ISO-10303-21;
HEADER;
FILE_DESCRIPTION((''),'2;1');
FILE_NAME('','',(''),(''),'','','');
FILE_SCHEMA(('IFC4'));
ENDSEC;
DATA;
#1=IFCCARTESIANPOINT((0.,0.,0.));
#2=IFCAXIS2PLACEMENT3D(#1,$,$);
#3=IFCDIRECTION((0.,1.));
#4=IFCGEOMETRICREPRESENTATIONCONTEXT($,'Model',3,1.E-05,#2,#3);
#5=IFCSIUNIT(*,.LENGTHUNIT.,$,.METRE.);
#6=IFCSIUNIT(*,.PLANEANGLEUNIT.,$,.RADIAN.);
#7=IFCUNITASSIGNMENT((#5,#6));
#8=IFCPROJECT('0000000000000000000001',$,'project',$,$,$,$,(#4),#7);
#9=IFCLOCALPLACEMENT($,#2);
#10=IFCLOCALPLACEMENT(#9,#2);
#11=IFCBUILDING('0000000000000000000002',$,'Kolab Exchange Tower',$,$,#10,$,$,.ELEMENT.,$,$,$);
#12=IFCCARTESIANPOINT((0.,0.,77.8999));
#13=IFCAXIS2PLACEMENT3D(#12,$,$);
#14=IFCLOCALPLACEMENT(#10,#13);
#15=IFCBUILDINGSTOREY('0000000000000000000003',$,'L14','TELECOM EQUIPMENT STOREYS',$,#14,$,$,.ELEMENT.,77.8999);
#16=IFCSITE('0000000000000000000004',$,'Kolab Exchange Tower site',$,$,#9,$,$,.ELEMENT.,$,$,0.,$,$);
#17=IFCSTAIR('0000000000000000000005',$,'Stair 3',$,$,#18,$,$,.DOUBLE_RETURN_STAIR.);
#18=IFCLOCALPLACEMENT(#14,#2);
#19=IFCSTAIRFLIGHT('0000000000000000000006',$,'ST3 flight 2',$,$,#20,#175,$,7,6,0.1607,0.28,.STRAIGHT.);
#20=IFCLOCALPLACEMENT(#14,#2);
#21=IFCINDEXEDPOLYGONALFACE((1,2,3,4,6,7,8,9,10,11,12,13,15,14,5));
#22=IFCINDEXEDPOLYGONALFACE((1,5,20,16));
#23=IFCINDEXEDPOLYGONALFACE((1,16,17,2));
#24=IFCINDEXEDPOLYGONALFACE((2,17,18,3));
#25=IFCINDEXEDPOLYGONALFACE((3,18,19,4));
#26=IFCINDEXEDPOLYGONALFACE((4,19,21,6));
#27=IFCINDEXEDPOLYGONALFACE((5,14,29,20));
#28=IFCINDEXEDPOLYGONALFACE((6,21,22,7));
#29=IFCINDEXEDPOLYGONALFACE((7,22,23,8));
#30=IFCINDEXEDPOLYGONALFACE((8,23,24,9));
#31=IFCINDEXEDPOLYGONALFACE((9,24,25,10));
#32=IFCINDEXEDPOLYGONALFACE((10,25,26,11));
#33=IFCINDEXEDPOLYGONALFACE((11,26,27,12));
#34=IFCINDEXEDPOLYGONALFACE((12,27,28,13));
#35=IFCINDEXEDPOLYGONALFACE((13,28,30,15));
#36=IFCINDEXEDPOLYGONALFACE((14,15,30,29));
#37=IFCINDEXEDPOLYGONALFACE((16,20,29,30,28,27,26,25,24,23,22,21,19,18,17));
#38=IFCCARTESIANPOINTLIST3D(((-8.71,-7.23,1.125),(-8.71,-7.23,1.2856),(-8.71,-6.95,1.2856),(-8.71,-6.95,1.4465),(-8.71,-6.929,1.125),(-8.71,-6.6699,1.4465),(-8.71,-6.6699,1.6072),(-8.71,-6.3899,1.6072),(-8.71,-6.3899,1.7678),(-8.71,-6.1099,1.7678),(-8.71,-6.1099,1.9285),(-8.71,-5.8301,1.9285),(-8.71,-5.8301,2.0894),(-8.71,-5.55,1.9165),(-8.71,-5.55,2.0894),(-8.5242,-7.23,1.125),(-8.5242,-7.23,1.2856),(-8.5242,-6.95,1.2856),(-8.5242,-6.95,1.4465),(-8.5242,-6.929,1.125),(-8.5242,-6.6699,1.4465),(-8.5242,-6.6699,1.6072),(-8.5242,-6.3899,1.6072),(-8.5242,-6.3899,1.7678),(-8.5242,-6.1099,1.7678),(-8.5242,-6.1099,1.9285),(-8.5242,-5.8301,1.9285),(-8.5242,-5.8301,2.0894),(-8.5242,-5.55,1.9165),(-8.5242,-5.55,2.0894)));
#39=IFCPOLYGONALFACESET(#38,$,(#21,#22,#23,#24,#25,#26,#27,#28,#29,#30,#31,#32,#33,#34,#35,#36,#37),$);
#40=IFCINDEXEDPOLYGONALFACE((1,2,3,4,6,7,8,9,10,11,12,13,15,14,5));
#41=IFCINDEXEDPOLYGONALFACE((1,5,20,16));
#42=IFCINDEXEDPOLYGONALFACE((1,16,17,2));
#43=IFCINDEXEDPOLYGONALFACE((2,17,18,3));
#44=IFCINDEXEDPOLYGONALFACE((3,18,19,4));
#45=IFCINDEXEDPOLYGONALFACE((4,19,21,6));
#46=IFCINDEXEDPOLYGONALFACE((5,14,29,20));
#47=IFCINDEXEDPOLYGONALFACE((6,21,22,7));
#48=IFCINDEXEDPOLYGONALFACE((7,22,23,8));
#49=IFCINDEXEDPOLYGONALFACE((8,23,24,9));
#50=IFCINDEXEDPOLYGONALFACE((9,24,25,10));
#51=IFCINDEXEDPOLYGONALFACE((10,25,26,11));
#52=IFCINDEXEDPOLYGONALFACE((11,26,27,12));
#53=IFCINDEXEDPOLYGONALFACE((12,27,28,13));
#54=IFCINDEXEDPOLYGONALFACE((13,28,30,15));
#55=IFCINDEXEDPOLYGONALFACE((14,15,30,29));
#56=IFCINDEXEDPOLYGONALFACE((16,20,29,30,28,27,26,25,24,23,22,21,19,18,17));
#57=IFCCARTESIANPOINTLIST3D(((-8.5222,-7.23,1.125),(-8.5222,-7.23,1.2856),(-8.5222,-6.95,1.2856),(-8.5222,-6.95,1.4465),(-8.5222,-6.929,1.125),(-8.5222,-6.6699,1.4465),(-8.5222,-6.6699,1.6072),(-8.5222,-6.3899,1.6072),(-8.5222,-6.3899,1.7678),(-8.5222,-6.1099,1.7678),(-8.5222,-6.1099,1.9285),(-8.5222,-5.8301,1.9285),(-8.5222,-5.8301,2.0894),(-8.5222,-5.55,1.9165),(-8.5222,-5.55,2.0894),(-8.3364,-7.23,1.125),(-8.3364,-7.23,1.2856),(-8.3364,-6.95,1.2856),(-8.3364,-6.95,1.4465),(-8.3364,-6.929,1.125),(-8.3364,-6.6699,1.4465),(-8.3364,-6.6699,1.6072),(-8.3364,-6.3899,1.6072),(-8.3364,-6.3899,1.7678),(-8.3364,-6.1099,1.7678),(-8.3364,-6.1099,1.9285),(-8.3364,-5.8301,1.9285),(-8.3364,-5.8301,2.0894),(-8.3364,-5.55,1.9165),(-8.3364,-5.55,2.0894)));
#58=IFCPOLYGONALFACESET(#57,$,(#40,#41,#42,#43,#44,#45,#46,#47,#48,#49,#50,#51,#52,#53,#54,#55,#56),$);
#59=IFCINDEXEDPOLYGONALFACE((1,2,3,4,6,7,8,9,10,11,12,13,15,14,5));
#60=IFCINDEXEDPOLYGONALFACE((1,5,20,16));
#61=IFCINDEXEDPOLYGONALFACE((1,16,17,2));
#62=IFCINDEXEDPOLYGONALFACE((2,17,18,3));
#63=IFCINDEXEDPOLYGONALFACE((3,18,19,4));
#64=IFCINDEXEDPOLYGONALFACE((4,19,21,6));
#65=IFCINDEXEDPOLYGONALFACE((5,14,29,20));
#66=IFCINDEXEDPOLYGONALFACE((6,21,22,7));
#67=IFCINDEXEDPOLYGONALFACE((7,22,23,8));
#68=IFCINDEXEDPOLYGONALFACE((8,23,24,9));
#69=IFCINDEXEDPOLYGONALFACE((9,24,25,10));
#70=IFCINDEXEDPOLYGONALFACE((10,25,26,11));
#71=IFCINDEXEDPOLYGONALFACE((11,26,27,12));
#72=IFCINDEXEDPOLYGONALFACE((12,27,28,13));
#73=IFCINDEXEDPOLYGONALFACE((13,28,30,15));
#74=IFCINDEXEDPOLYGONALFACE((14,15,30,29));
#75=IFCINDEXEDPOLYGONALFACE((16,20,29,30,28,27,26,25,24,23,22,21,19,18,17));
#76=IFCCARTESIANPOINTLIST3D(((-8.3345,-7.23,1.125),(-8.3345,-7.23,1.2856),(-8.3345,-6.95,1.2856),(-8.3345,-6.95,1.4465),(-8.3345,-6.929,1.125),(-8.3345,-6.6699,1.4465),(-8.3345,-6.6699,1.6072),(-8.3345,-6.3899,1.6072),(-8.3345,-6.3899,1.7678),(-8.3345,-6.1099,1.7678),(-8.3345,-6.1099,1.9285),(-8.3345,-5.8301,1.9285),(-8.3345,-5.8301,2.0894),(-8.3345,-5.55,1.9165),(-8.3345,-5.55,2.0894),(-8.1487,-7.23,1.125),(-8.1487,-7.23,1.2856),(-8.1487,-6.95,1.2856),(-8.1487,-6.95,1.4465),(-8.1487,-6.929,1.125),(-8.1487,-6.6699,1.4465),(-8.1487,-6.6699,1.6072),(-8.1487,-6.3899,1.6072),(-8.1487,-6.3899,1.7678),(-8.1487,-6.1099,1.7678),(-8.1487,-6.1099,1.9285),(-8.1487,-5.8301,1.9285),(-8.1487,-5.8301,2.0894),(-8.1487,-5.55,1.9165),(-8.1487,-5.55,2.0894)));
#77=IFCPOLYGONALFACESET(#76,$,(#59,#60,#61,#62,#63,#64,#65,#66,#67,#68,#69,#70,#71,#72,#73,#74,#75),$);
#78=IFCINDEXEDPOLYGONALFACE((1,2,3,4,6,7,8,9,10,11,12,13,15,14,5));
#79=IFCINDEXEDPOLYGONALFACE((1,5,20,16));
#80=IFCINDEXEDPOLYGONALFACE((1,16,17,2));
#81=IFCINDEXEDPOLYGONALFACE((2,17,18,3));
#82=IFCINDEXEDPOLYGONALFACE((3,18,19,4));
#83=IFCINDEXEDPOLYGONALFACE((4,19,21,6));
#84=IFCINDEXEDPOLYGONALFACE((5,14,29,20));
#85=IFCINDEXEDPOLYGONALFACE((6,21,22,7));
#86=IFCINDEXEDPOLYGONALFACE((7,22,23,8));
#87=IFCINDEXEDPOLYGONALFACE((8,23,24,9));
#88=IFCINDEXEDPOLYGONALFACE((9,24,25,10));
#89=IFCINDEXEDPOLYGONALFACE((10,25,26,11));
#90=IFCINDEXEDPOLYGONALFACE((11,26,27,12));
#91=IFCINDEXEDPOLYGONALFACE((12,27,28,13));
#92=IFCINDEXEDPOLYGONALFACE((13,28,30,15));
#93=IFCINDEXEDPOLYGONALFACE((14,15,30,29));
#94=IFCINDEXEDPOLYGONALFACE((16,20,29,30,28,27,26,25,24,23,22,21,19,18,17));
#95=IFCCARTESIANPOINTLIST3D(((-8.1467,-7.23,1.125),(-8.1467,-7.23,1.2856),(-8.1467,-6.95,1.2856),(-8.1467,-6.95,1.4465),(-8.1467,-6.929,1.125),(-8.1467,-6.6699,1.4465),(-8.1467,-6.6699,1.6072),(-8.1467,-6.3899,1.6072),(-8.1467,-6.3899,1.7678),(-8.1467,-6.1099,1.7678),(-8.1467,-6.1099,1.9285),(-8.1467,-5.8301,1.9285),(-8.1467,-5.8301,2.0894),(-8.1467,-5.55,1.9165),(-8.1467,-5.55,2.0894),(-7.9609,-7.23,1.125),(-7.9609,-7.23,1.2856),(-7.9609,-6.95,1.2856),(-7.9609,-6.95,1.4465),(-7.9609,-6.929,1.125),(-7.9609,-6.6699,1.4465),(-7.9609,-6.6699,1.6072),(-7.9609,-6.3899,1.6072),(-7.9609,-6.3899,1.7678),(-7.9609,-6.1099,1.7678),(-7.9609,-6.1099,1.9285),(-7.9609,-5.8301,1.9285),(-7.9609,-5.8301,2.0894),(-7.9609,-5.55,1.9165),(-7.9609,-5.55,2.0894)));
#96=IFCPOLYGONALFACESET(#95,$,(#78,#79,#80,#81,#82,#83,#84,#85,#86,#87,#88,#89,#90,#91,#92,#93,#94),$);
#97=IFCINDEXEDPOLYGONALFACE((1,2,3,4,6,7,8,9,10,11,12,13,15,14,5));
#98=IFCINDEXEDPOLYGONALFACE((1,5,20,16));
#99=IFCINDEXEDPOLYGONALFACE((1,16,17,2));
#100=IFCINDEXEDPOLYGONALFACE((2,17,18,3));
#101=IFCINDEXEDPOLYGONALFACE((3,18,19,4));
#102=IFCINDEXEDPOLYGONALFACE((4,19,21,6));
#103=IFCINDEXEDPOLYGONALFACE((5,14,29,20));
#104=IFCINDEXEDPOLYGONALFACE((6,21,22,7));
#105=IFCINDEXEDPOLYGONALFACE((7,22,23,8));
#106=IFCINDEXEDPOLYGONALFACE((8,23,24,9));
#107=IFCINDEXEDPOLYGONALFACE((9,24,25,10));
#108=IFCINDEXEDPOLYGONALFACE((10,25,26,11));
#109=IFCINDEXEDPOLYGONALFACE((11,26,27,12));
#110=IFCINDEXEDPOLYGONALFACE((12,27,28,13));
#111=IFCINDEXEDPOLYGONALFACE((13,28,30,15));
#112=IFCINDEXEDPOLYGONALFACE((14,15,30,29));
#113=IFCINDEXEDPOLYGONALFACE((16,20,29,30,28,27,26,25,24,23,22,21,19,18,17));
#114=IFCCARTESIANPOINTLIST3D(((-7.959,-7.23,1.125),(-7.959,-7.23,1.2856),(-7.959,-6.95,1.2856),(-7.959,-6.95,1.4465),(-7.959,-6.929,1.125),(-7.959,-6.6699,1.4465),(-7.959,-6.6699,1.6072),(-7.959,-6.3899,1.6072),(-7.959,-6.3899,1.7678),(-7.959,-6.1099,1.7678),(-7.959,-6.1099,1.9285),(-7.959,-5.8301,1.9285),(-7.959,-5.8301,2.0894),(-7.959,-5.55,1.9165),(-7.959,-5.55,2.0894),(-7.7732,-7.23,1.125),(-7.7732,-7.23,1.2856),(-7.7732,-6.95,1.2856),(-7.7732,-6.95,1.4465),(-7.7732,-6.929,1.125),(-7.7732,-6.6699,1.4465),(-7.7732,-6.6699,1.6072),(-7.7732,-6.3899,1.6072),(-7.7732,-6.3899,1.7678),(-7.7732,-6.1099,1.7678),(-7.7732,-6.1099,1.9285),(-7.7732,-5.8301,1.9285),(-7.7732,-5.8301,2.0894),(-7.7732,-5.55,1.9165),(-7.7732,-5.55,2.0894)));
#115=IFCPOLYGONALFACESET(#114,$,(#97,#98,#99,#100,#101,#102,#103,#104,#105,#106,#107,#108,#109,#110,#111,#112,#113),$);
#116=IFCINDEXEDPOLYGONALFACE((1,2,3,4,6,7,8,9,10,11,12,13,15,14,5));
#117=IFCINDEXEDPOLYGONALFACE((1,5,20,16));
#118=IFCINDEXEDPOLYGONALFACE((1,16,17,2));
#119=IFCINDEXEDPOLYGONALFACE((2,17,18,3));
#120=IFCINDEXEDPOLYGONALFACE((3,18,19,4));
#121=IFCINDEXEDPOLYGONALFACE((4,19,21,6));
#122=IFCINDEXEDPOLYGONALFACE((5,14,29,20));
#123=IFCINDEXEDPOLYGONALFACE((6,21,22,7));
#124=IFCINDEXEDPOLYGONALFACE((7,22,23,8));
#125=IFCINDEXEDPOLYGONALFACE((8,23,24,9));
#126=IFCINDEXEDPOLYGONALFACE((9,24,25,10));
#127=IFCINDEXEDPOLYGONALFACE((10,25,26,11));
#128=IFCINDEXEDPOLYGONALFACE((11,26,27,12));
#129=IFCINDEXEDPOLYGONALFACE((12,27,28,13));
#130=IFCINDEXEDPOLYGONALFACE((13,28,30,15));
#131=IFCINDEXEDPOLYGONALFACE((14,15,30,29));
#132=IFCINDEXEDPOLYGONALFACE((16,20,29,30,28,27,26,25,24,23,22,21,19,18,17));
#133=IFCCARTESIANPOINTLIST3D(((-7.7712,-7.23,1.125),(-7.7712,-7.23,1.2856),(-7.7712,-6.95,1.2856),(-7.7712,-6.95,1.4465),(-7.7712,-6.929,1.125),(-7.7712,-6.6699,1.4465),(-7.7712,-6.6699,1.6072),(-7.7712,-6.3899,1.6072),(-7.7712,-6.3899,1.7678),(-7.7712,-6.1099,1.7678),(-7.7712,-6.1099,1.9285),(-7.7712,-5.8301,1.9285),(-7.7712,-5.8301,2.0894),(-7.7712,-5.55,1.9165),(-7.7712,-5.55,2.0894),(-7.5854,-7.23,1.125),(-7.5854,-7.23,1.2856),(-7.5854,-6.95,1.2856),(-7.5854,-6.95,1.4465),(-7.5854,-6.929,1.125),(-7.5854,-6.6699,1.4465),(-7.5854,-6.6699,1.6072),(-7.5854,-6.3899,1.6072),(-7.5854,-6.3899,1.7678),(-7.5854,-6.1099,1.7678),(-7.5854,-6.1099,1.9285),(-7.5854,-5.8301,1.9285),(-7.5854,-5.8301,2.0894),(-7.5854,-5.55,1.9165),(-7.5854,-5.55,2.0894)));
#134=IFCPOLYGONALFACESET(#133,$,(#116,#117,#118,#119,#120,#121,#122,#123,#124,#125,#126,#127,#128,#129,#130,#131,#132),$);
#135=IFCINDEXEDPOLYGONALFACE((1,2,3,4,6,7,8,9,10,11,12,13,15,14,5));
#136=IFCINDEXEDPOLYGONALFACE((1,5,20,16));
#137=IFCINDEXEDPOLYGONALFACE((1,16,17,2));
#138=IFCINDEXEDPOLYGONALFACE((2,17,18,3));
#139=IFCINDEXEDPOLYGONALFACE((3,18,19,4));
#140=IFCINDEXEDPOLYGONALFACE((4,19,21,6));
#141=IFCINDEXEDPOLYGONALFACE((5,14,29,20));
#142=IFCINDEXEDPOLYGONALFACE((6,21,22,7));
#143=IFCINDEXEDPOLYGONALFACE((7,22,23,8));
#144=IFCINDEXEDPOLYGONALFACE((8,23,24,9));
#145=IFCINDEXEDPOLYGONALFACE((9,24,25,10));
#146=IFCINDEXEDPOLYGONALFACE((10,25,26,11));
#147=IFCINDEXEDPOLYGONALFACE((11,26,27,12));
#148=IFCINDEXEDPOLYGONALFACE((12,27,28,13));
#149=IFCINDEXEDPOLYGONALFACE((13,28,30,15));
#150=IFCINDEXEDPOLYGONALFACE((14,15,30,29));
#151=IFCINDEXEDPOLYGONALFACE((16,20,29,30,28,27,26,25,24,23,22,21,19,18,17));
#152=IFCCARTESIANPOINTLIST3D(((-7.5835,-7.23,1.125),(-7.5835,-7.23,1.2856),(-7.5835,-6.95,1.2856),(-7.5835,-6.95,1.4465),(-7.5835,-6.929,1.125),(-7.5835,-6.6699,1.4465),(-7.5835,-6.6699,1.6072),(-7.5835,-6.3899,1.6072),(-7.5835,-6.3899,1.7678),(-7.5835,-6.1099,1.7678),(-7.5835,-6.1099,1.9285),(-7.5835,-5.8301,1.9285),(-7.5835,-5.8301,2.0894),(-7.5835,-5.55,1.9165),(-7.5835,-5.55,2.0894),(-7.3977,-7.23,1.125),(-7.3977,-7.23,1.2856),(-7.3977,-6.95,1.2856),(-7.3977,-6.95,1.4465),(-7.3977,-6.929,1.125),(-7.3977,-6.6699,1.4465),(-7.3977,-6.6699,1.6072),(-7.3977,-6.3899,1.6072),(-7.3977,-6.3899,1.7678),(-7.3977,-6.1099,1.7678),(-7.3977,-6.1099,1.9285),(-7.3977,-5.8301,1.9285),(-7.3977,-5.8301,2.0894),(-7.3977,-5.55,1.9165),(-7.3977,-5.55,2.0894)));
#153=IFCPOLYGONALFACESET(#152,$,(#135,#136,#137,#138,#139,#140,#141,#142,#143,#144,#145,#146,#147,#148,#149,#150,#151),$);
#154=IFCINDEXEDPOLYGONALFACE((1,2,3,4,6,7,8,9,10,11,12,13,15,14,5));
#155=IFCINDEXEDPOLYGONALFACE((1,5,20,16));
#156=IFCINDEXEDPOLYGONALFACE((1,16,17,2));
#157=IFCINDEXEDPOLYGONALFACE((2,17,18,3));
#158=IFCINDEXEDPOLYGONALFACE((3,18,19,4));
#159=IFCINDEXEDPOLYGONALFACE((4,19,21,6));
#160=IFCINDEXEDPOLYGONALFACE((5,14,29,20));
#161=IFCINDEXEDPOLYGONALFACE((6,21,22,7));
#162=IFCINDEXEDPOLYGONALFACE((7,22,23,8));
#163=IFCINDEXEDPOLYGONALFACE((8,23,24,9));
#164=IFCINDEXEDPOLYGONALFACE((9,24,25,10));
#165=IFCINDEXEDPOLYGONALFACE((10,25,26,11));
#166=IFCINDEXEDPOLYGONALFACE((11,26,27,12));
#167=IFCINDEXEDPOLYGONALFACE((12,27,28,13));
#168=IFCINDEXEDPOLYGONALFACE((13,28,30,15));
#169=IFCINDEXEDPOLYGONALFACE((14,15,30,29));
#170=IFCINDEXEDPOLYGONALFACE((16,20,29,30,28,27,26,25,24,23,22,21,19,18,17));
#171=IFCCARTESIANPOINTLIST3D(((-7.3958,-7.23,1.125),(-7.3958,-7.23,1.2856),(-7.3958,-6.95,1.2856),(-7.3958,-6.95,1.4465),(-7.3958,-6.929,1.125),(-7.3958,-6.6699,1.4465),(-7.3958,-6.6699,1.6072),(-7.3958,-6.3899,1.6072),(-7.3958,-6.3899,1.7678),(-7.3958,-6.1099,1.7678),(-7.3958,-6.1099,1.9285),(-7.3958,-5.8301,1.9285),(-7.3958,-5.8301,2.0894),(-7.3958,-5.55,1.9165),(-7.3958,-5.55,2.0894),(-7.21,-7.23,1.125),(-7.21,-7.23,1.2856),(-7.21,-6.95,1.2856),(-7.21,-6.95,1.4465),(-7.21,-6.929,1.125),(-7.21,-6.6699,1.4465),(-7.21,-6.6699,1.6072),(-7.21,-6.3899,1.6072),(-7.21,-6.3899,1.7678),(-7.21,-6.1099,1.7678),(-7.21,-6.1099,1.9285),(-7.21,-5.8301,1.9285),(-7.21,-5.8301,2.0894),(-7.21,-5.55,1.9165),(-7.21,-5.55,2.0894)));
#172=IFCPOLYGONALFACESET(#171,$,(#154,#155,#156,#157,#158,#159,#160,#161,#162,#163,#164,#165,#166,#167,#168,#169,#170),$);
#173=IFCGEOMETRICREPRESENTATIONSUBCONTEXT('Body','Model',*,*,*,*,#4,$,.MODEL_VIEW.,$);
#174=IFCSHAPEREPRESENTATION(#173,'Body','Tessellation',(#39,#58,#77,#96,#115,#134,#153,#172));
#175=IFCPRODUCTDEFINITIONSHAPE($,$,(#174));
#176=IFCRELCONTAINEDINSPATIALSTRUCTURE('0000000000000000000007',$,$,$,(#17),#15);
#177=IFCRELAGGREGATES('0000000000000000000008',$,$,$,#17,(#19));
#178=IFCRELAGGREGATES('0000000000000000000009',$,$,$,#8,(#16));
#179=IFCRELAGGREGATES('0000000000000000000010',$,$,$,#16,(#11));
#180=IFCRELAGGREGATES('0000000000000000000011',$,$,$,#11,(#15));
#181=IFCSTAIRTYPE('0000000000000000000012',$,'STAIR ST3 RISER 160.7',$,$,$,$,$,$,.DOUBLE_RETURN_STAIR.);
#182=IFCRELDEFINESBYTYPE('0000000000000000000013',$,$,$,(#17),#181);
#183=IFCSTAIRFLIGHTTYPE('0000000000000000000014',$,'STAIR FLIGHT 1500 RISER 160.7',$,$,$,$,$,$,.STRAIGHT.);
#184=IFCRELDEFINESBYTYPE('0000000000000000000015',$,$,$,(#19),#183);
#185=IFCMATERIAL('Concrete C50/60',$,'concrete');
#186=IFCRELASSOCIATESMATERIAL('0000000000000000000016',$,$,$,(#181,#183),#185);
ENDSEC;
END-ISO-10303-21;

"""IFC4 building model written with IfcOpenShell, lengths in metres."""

from ifc_helpers import new_model, si_unit, direction, frame, origin, place, context, subcontext, project, spatial, polyline, outline, extrude, material, type_object, element, aggregate, save


model = new_model("IFC4")

# Units and contexts
model_context = context("Model", 3, precision=1e-05, world=origin(), true_north=direction((0.0, 1.0)))
body_context = subcontext(model_context, "Body", "Model", "MODEL_VIEW")
ifc_project = project(units=[si_unit("LENGTHUNIT", "METRE"), si_unit("PLANEANGLEUNIT", "RADIAN")], contexts=[model_context])

# Site, building, storey
site_placement = place(None, origin())
site = spatial("IfcSite", under=ifc_project, at=site_placement, Name="Kolab Exchange Tower site", CompositionType="ELEMENT", RefElevation=0.0)
building_placement = place(site_placement, origin())
building = spatial("IfcBuilding", under=site, at=building_placement, Name="Kolab Exchange Tower", CompositionType="ELEMENT")
storey_placement = place(building_placement, frame((0.0, 0.0, 77.8999)))
storey = spatial("IfcBuildingStorey", under=building, at=storey_placement, Name="L14", Description="TELECOM EQUIPMENT STOREYS", CompositionType="ELEMENT", Elevation=77.8999)

# Shared definitions
ifc_material_1 = material(Name="Concrete C50/60", Category="concrete")

# Stair, stair flight
stair_type = type_object("IfcStairType", Name="STAIR ST3 RISER 160.7", PredefinedType="DOUBLE_RETURN_STAIR", material=ifc_material_1)
stair_placement = place(storey_placement, origin())
stair = element("IfcStair", 1, at=stair_placement, inside=storey, type_object=stair_type, Name="Stair 3", PredefinedType="DOUBLE_RETURN_STAIR")
stair_flight_type = type_object("IfcStairFlightType", Name="STAIR FLIGHT 1500 RISER 160.7", PredefinedType="STRAIGHT", material=ifc_material_1)
stair_flight_1_placement = place(storey_placement, frame((-7.96, -7.23, 1.125), z_axis=(0.0, 0.0, 1.0), x_axis=(0.0, 1.0, 0.0)))
stair_flight_1 = element("IfcStairFlight", 2, at=stair_flight_1_placement, type_object=stair_flight_type, Name="ST3 flight 2", NumberOfRisers=7, NumberOfTreads=6, PredefinedType="STRAIGHT", RiserHeight=0.1607, TreadLength=0.28, context=body_context, shape_type="SweptSolid", body=[
    extrude(outline(polyline([(0.0, 0.0), (0.0, 0.1606), (0.28, 0.1606), (0.28, 0.3215), (0.5601, 0.3215), (0.5601, 0.4822), (0.8401, 0.4822), (0.8401, 0.6428), (1.1201, 0.6428), (1.1201, 0.8035), (1.3999, 0.8035), (1.3999, 0.9644), (1.6799, 0.9644), (1.6799, 1.125), (1.6799, 0.7915), (0.301, 0.0), (0.0, 0.0)])), frame((0.0, 0.75, 0.0), z_axis=(0.0, -1.0, 0.0), x_axis=(1.0, 0.0, 0.0)), (0.0, 0.0, 1.0), 0.1858),
    extrude(outline(polyline([(0.0, 0.0), (0.0, 0.1606), (0.28, 0.1606), (0.28, 0.3215), (0.5601, 0.3215), (0.5601, 0.4822), (0.8401, 0.4822), (0.8401, 0.6428), (1.1201, 0.6428), (1.1201, 0.8035), (1.3999, 0.8035), (1.3999, 0.9644), (1.6799, 0.9644), (1.6799, 1.125), (1.6799, 0.7915), (0.301, 0.0), (0.0, 0.0)])), frame((0.0, 0.5623, 0.0), z_axis=(0.0, -1.0, 0.0), x_axis=(1.0, 0.0, 0.0)), (0.0, 0.0, 1.0), 0.1858),
    extrude(outline(polyline([(0.0, 0.0), (0.0, 0.1606), (0.28, 0.1606), (0.28, 0.3215), (0.5601, 0.3215), (0.5601, 0.4822), (0.8401, 0.4822), (0.8401, 0.6428), (1.1201, 0.6428), (1.1201, 0.8035), (1.3999, 0.8035), (1.3999, 0.9644), (1.6799, 0.9644), (1.6799, 1.125), (1.6799, 0.7915), (0.301, 0.0), (0.0, 0.0)])), frame((0.0, 0.3745, 0.0), z_axis=(0.0, -1.0, 0.0), x_axis=(1.0, 0.0, 0.0)), (0.0, 0.0, 1.0), 0.1858),
    extrude(outline(polyline([(0.0, 0.0), (0.0, 0.1606), (0.28, 0.1606), (0.28, 0.3215), (0.5601, 0.3215), (0.5601, 0.4822), (0.8401, 0.4822), (0.8401, 0.6428), (1.1201, 0.6428), (1.1201, 0.8035), (1.3999, 0.8035), (1.3999, 0.9644), (1.6799, 0.9644), (1.6799, 1.125), (1.6799, 0.7915), (0.301, 0.0), (0.0, 0.0)])), frame((0.0, 0.1868, 0.0), z_axis=(0.0, -1.0, 0.0), x_axis=(1.0, 0.0, 0.0)), (0.0, 0.0, 1.0), 0.1858),
    extrude(outline(polyline([(0.0, 0.0), (0.0, 0.1606), (0.28, 0.1606), (0.28, 0.3215), (0.5601, 0.3215), (0.5601, 0.4822), (0.8401, 0.4822), (0.8401, 0.6428), (1.1201, 0.6428), (1.1201, 0.8035), (1.3999, 0.8035), (1.3999, 0.9644), (1.6799, 0.9644), (1.6799, 1.125), (1.6799, 0.7915), (0.301, 0.0), (0.0, 0.0)])), frame((0.0, -0.001, 0.0), z_axis=(0.0, -1.0, 0.0), x_axis=(1.0, 0.0, 0.0)), (0.0, 0.0, 1.0), 0.1858),
    extrude(outline(polyline([(0.0, 0.0), (0.0, 0.1606), (0.28, 0.1606), (0.28, 0.3215), (0.5601, 0.3215), (0.5601, 0.4822), (0.8401, 0.4822), (0.8401, 0.6428), (1.1201, 0.6428), (1.1201, 0.8035), (1.3999, 0.8035), (1.3999, 0.9644), (1.6799, 0.9644), (1.6799, 1.125), (1.6799, 0.7915), (0.301, 0.0), (0.0, 0.0)])), frame((0.0, -0.1887, 0.0), z_axis=(0.0, -1.0, 0.0), x_axis=(1.0, 0.0, 0.0)), (0.0, 0.0, 1.0), 0.1858),
    extrude(outline(polyline([(0.0, 0.0), (0.0, 0.1606), (0.28, 0.1606), (0.28, 0.3215), (0.5601, 0.3215), (0.5601, 0.4822), (0.8401, 0.4822), (0.8401, 0.6428), (1.1201, 0.6428), (1.1201, 0.8035), (1.3999, 0.8035), (1.3999, 0.9644), (1.6799, 0.9644), (1.6799, 1.125), (1.6799, 0.7915), (0.301, 0.0), (0.0, 0.0)])), frame((0.0, -0.3765, 0.0), z_axis=(0.0, -1.0, 0.0), x_axis=(1.0, 0.0, 0.0)), (0.0, 0.0, 1.0), 0.1858),
    extrude(outline(polyline([(0.0, 0.0), (0.0, 0.1606), (0.28, 0.1606), (0.28, 0.3215), (0.5601, 0.3215), (0.5601, 0.4822), (0.8401, 0.4822), (0.8401, 0.6428), (1.1201, 0.6428), (1.1201, 0.8035), (1.3999, 0.8035), (1.3999, 0.9644), (1.6799, 0.9644), (1.6799, 1.125), (1.6799, 0.7915), (0.301, 0.0), (0.0, 0.0)])), frame((0.0, -0.5642, 0.0), z_axis=(0.0, -1.0, 0.0), x_axis=(1.0, 0.0, 0.0)), (0.0, 0.0, 1.0), 0.1858),
])
aggregate(stair, [stair_flight_1])

save(model, "model.ifc")
